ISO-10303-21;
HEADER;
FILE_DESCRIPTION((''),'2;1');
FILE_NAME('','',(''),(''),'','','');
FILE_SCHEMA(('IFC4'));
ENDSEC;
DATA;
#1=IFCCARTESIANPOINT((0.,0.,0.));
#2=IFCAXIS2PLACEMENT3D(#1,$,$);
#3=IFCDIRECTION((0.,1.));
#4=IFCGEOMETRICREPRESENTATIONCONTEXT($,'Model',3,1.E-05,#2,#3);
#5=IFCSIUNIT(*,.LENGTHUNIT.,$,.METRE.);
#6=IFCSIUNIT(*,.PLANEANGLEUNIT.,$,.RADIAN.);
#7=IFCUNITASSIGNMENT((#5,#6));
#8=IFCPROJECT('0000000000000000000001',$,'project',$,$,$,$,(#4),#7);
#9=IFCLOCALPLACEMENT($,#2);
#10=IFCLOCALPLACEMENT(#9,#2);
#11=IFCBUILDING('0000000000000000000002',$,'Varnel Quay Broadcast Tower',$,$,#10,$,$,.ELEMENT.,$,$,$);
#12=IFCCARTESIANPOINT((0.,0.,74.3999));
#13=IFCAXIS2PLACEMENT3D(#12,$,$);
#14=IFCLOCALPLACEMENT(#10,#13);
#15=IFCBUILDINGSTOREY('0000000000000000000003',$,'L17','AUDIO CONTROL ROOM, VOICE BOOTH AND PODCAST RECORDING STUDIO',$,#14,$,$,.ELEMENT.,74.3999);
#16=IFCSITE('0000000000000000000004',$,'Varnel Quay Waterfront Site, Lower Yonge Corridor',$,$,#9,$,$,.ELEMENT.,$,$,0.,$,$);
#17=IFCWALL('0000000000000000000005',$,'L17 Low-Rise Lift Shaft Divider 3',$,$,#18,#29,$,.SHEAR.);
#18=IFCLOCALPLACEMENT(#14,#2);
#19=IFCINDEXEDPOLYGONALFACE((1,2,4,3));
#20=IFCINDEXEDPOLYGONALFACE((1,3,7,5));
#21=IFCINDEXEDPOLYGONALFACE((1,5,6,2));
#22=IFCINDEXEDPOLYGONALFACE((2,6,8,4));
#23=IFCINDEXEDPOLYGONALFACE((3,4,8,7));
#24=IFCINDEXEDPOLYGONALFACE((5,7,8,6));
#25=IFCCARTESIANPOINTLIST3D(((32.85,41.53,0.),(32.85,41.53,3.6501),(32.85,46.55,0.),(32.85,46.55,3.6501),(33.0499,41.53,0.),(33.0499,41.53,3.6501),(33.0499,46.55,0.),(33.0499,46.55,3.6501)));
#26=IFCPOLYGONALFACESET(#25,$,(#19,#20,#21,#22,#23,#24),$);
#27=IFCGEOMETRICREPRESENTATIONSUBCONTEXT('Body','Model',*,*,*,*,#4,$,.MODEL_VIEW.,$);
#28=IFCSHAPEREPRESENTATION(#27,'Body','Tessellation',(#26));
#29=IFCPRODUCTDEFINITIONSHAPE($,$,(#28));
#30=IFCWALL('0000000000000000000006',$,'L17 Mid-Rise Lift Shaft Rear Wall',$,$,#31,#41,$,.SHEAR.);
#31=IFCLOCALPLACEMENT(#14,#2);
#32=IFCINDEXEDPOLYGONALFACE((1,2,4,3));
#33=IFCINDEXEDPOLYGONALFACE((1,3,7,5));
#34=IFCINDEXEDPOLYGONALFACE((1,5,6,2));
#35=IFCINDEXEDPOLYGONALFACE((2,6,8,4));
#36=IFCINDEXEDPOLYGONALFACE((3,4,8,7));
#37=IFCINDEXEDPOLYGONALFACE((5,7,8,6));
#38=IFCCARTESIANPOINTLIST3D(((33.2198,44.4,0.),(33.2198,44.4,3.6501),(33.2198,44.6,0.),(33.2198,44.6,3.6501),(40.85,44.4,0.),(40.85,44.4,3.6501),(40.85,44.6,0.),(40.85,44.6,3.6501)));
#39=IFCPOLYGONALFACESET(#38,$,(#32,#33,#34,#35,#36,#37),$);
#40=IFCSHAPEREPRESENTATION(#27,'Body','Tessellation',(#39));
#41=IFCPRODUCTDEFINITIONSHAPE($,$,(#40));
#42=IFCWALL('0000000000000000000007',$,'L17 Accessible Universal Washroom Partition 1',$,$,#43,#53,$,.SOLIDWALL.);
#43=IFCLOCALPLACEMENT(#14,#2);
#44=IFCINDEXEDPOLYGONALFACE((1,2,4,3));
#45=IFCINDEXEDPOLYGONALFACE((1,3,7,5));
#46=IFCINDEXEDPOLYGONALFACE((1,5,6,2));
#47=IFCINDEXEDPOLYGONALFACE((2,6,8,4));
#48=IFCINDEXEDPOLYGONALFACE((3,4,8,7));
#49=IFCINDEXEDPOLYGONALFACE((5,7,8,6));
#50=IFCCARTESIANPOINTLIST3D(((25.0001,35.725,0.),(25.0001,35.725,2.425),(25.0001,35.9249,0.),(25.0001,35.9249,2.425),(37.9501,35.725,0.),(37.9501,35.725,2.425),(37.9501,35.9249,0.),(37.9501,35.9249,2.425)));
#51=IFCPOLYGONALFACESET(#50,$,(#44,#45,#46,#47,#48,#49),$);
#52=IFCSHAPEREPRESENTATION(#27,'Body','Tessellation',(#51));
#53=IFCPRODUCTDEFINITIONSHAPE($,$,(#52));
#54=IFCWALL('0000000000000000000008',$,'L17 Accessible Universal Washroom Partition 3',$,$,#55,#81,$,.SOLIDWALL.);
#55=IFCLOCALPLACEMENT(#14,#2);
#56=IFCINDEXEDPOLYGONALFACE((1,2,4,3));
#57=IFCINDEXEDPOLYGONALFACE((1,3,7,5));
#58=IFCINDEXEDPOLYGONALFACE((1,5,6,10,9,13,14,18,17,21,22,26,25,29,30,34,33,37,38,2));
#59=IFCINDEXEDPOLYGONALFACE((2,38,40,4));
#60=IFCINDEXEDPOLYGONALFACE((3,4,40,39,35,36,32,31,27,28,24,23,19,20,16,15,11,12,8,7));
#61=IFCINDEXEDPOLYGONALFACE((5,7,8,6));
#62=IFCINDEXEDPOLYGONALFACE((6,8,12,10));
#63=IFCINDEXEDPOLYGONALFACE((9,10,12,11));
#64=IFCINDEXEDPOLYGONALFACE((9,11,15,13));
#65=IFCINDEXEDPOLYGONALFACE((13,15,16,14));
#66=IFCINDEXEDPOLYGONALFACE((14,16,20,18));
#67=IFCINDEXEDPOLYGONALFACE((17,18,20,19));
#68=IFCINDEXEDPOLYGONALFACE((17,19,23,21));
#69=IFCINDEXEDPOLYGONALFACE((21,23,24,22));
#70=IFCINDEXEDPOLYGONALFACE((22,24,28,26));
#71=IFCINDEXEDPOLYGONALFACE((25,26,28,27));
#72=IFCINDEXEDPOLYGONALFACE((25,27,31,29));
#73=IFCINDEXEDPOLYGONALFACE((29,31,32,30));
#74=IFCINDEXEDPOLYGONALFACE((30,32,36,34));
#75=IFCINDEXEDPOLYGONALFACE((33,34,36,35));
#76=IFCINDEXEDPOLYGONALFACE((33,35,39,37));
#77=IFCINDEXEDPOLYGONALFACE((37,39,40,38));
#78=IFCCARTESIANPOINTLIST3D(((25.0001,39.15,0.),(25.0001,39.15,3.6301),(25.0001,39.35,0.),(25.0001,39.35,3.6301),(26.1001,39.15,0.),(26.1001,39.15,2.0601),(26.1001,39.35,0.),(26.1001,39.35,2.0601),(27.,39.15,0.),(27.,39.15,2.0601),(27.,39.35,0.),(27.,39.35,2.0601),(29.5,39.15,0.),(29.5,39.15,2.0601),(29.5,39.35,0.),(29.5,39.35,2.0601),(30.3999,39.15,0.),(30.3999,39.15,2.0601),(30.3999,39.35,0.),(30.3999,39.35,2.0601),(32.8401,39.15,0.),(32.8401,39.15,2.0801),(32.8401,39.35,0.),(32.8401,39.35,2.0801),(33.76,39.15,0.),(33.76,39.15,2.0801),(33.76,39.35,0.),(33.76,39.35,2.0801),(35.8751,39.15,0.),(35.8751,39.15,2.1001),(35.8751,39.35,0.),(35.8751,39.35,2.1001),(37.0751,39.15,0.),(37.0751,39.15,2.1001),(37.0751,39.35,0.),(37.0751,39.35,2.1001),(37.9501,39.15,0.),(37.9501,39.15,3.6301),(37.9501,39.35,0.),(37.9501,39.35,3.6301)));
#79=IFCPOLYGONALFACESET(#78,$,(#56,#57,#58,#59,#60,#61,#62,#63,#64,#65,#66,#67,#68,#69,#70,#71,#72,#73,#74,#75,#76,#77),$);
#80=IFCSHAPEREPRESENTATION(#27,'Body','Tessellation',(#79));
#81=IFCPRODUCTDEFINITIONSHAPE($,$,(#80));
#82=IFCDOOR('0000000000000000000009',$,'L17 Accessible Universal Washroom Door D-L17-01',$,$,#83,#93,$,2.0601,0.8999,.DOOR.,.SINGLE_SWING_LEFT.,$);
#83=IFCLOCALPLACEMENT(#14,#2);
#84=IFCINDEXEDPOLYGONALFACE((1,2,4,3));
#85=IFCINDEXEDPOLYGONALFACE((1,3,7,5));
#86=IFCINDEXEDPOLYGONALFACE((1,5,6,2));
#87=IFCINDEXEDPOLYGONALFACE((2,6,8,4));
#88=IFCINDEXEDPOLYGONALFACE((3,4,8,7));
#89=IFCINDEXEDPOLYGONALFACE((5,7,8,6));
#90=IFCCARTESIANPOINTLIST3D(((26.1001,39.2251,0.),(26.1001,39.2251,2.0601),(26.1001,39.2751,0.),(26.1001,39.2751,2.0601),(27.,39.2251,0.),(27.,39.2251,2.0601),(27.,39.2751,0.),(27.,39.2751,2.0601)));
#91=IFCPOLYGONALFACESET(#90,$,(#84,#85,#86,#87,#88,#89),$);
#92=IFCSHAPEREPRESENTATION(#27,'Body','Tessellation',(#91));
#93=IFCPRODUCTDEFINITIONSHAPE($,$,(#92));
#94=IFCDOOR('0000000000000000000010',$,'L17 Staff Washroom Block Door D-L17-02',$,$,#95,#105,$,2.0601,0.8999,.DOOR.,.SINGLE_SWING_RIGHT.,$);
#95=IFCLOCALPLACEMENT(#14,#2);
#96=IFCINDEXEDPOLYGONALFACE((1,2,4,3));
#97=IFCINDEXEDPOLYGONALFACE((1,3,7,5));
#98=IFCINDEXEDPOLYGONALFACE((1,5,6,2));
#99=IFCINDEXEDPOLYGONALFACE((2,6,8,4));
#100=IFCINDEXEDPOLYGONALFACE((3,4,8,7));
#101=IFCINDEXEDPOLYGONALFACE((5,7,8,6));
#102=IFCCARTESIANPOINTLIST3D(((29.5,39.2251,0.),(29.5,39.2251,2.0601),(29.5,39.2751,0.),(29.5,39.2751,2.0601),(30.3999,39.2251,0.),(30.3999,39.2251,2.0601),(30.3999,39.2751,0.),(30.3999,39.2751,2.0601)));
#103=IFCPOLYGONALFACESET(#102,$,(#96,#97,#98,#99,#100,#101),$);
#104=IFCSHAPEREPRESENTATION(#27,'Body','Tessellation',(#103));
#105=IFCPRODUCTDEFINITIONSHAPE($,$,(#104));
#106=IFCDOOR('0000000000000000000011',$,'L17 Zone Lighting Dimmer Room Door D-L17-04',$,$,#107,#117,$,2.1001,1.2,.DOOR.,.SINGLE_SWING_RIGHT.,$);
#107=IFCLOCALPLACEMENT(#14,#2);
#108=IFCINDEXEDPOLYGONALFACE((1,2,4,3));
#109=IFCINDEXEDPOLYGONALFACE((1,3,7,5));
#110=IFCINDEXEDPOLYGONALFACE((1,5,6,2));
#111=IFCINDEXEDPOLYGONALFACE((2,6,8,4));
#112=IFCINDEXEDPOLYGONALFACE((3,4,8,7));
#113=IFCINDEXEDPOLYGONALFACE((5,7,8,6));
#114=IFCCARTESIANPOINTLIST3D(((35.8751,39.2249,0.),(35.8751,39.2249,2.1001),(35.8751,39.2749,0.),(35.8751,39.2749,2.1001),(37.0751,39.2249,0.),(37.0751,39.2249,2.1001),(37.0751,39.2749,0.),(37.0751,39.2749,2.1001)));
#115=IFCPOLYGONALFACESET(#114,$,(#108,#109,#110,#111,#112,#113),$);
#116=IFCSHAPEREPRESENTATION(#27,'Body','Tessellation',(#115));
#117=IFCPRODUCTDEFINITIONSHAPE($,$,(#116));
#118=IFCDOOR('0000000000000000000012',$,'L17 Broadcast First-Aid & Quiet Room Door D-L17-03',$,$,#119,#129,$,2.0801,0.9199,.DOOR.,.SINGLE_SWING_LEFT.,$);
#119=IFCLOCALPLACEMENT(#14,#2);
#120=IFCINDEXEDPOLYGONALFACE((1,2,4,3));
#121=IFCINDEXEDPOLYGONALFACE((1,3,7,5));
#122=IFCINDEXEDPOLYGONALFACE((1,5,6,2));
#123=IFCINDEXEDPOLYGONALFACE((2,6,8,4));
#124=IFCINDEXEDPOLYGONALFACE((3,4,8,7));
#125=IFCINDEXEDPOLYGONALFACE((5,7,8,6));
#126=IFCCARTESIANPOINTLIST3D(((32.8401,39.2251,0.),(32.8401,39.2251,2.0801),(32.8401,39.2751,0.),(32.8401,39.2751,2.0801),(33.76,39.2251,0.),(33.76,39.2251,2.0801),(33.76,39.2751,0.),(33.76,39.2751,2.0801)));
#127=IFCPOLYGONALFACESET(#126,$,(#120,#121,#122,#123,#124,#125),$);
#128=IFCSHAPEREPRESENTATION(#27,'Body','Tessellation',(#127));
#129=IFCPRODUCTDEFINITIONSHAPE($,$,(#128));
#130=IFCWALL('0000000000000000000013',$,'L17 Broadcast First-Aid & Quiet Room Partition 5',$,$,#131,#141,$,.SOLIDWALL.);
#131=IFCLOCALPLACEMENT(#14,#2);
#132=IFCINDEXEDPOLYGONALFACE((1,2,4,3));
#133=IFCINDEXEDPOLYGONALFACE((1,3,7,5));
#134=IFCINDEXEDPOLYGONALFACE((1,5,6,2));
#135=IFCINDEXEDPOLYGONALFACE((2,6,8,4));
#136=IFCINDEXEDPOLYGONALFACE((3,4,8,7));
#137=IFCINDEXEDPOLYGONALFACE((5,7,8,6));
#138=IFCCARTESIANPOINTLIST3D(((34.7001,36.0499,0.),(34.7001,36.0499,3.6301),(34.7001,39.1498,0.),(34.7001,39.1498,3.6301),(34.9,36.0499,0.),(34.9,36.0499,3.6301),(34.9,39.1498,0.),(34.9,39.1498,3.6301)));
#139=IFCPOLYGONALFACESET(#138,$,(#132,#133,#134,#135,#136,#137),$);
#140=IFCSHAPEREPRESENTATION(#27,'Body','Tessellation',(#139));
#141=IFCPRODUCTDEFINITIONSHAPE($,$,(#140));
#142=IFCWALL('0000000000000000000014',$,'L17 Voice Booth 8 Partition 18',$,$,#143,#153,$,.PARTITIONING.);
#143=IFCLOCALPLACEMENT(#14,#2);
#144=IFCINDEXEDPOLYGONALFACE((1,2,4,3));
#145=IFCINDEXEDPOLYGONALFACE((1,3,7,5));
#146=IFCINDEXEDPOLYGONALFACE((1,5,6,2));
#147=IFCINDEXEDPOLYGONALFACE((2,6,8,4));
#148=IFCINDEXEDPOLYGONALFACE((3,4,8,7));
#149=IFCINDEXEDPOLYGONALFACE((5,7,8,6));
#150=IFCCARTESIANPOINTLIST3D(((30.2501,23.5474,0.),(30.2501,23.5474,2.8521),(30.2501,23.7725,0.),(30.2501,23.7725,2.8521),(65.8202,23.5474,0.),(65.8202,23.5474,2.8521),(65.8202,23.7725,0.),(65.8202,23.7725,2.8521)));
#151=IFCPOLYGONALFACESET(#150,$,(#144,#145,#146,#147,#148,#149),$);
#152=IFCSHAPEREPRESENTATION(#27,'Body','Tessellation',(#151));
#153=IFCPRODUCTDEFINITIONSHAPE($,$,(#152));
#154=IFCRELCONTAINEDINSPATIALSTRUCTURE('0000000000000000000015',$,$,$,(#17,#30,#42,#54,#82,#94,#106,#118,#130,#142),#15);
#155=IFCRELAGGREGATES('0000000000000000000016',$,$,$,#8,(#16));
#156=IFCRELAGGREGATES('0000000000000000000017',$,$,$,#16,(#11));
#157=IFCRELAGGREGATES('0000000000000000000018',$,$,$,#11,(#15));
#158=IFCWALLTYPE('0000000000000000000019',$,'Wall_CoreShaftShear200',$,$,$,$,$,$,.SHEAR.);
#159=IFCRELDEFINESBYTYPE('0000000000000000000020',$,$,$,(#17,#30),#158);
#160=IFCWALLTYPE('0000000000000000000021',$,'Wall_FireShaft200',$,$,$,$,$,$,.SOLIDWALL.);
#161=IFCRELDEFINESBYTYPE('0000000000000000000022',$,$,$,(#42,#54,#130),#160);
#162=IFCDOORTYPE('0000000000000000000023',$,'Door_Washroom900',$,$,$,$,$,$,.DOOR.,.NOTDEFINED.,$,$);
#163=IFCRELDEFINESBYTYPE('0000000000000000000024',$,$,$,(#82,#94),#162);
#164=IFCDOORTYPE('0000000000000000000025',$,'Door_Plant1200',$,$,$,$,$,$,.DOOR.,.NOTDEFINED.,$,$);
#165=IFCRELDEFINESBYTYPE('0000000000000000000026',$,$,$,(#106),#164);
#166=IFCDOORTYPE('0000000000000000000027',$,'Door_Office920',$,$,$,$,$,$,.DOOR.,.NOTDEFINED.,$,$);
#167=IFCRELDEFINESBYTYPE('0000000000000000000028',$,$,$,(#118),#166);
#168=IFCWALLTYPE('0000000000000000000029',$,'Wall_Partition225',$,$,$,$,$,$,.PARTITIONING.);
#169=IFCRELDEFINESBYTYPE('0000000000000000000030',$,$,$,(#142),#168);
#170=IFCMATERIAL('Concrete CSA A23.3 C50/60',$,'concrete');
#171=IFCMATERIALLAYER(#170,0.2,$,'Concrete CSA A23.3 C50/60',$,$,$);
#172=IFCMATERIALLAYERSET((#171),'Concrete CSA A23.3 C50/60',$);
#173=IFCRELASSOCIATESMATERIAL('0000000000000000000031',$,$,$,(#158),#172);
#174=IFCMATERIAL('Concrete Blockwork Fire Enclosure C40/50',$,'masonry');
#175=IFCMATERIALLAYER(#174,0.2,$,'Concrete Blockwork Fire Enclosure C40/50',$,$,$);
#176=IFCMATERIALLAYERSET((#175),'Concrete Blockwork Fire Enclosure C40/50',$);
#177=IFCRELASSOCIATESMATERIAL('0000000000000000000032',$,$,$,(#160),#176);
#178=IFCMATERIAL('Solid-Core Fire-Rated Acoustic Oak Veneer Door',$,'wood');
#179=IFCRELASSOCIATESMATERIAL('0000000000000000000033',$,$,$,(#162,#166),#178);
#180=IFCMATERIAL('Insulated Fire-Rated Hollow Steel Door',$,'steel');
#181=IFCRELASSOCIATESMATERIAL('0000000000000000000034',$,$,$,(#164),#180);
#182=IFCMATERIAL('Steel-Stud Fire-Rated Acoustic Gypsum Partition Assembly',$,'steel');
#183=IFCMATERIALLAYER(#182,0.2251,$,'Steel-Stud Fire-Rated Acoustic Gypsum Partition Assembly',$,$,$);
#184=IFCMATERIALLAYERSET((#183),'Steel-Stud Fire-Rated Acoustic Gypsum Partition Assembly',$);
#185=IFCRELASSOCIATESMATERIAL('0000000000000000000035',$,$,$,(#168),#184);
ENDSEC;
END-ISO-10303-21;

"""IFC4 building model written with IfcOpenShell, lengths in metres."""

from ifc_helpers import new_model, si_unit, direction, frame, frame_2d, origin, place, context, subcontext, project, spatial, rectangle, extrude, source, transform, mapped, material, layer, layer_set, type_object, type_shapes, element, fill, save


model = new_model("IFC4")

# Units and contexts
model_context = context("Model", 3, precision=1e-05, world=origin(), true_north=direction((0.0, 1.0)))
body_context = subcontext(model_context, "Body", "Model", "MODEL_VIEW")
ifc_project = project(units=[si_unit("LENGTHUNIT", "METRE"), si_unit("PLANEANGLEUNIT", "RADIAN")], contexts=[model_context])

# Site, building, storey
site_placement = place(None, origin())
site = spatial("IfcSite", under=ifc_project, at=site_placement, Name="Varnel Quay Waterfront Site, Lower Yonge Corridor", CompositionType="ELEMENT", RefElevation=0.0)
building_placement = place(site_placement, origin())
building = spatial("IfcBuilding", under=site, at=building_placement, Name="Varnel Quay Broadcast Tower", CompositionType="ELEMENT")
storey_placement = place(building_placement, frame((0.0, 0.0, 74.3999)))
storey = spatial("IfcBuildingStorey", under=building, at=storey_placement, Name="L17", Description="AUDIO CONTROL ROOM, VOICE BOOTH AND PODCAST RECORDING STUDIO", CompositionType="ELEMENT", Elevation=74.3999)

# Walls
ifc_material_1 = material(Name="Concrete CSA A23.3 C50/60", Category="concrete")
ifc_layer_1 = layer(ifc_material_1, 0.2, Name="Concrete CSA A23.3 C50/60")
ifc_layer_set_1 = layer_set([ifc_layer_1], Name="Concrete CSA A23.3 C50/60")
wall_type_1 = type_object("IfcWallType", Name="Wall_CoreShaftShear200", PredefinedType="SHEAR", material=ifc_layer_set_1)
wall_1_placement = place(storey_placement, frame((32.95, 41.53, 0.0), z_axis=(0.0, 0.0, 1.0), x_axis=(0.0, 1.0, 0.0)))
element("IfcWall", 1, at=wall_1_placement, inside=storey, type_object=wall_type_1, Name="L17 Low-Rise Lift Shaft Divider 3", PredefinedType="SHEAR", context=body_context, shape_type="SweptSolid", body=[
    extrude(rectangle(XDim=5.02, YDim=0.2, at=frame_2d((2.51, 0.0))), origin(), (0.0, 0.0, 1.0), 3.6501),
])
wall_2_placement = place(storey_placement, frame((33.22, 44.5, 0.0), z_axis=(0.0, 0.0, 1.0), x_axis=(1.0, 0.0, 0.0)))
element("IfcWall", 2, at=wall_2_placement, inside=storey, type_object=wall_type_1, Name="L17 Mid-Rise Lift Shaft Rear Wall", PredefinedType="SHEAR", context=body_context, shape_type="SweptSolid", body=[
    extrude(rectangle(XDim=7.6301, YDim=0.2, at=frame_2d((3.8149, 0.0))), origin(), (0.0, 0.0, 1.0), 3.6501),
])
ifc_material_2 = material(Name="Concrete Blockwork Fire Enclosure C40/50", Category="masonry")
ifc_layer_2 = layer(ifc_material_2, 0.2, Name="Concrete Blockwork Fire Enclosure C40/50")
ifc_layer_set_2 = layer_set([ifc_layer_2], Name="Concrete Blockwork Fire Enclosure C40/50")
wall_type_2 = type_object("IfcWallType", Name="Wall_FireShaft200", PredefinedType="SOLIDWALL", material=ifc_layer_set_2)
wall_3_placement = place(storey_placement, frame((25.0, 35.825, 0.0), z_axis=(0.0, 0.0, 1.0), x_axis=(1.0, 0.0, 0.0)))
element("IfcWall", 3, at=wall_3_placement, inside=storey, type_object=wall_type_2, Name="L17 Accessible Universal Washroom Partition 1", PredefinedType="SOLIDWALL", context=body_context, shape_type="SweptSolid", body=[
    extrude(rectangle(XDim=12.95, YDim=0.2, at=frame_2d((6.4751, 0.0))), origin(), (0.0, 0.0, 1.0), 2.425),
])

# Wall, openings, doors
wall_4_placement = place(storey_placement, frame((25.0, 39.25, 0.0), z_axis=(0.0, 0.0, 1.0), x_axis=(1.0, 0.0, 0.0)))
wall_4 = element("IfcWall", 4, at=wall_4_placement, inside=storey, type_object=wall_type_2, Name="L17 Accessible Universal Washroom Partition 3", PredefinedType="SOLIDWALL", context=body_context, shape_type="SweptSolid", body=[
    extrude(rectangle(XDim=12.95, YDim=0.2, at=frame_2d((6.4751, 0.0))), origin(), (0.0, 0.0, 1.0), 3.6301),
])
opening_1_placement = place(wall_4_placement, frame((1.1001, 0.0, 0.0)))
opening_1 = element("IfcOpeningElement", 5, at=opening_1_placement, cuts=wall_4, PredefinedType="OPENING", context=body_context, shape_type="SweptSolid", body=[
    extrude(rectangle(XDim=0.8999, YDim=2.0601, at=frame_2d((0.45, 1.03))), frame((0.0, 0.1099, 0.0), z_axis=(0.0, -1.0, 0.0), x_axis=(1.0, 0.0, 0.0)), (0.0, 0.0, 1.0), 0.22),
])
opening_2_placement = place(wall_4_placement, frame((4.5, 0.0, 0.0)))
opening_2 = element("IfcOpeningElement", 6, at=opening_2_placement, cuts=wall_4, PredefinedType="OPENING", context=body_context, shape_type="SweptSolid", body=[
    extrude(rectangle(XDim=0.8999, YDim=2.0601, at=frame_2d((0.45, 1.03))), frame((0.0, 0.1099, 0.0), z_axis=(0.0, -1.0, 0.0), x_axis=(1.0, 0.0, 0.0)), (0.0, 0.0, 1.0), 0.22),
])
opening_3_placement = place(wall_4_placement, frame((7.8401, 0.0, 0.0)))
opening_3 = element("IfcOpeningElement", 7, at=opening_3_placement, cuts=wall_4, PredefinedType="OPENING", context=body_context, shape_type="SweptSolid", body=[
    extrude(rectangle(XDim=0.9199, YDim=2.0801, at=frame_2d((0.46, 1.04))), frame((0.0, 0.1099, 0.0), z_axis=(0.0, -1.0, 0.0), x_axis=(1.0, 0.0, 0.0)), (0.0, 0.0, 1.0), 0.22),
])
opening_4_placement = place(wall_4_placement, frame((10.875, 0.0, 0.0)))
opening_4 = element("IfcOpeningElement", 8, at=opening_4_placement, cuts=wall_4, PredefinedType="OPENING", context=body_context, shape_type="SweptSolid", body=[
    extrude(rectangle(XDim=1.2, YDim=2.1001, at=frame_2d((0.6001, 1.05))), frame((0.0, 0.1099, 0.0), z_axis=(0.0, -1.0, 0.0), x_axis=(1.0, 0.0, 0.0)), (0.0, 0.0, 1.0), 0.22),
])
ifc_material_3 = material(Name="Solid-Core Fire-Rated Acoustic Oak Veneer Door", Category="wood")
door_type_1 = type_object("IfcDoorType", Name="Door_Washroom900", OperationType="NOTDEFINED", PredefinedType="DOOR", material=ifc_material_3)
shared_shape_1 = source(origin(), body_context, "Body", "SweptSolid", [
    extrude(rectangle(XDim=0.8999, YDim=2.0601, at=frame_2d((0.45, 1.03))), frame((0.0, 0.0249, 0.0), z_axis=(0.0, -1.0, 0.0), x_axis=(1.0, 0.0, 0.0)), (0.0, 0.0, 1.0), 0.05),
])
type_shapes(door_type_1, [shared_shape_1])
door_1_placement = place(opening_1_placement, frame((0.8999, 0.0, 0.0), z_axis=(0.0, 0.0, 1.0), x_axis=(-1.0, 0.0, 0.0)))
door_1 = element("IfcDoor", 9, at=door_1_placement, inside=storey, type_object=door_type_1, Name="L17 Accessible Universal Washroom Door D-L17-01", OperationType="SINGLE_SWING_LEFT", OverallHeight=2.0601, OverallWidth=0.8999, PredefinedType="DOOR", context=body_context, shape_type="MappedRepresentation", body=[
    mapped(shared_shape_1, transform((0.0, 0.0, 0.0), x_axis=(1.0, 0.0, 0.0), y_axis=(0.0, 1.0, 0.0), z_axis=(0.0, 0.0, 1.0), scale=1.0)),
])
fill(opening_1, door_1)
door_2_placement = place(opening_2_placement, frame((0.8999, 0.0, 0.0), z_axis=(0.0, 0.0, 1.0), x_axis=(-1.0, 0.0, 0.0)))
door_2 = element("IfcDoor", 10, at=door_2_placement, inside=storey, type_object=door_type_1, Name="L17 Staff Washroom Block Door D-L17-02", OperationType="SINGLE_SWING_RIGHT", OverallHeight=2.0601, OverallWidth=0.8999, PredefinedType="DOOR", context=body_context, shape_type="MappedRepresentation", body=[
    mapped(shared_shape_1, transform((0.0, 0.0, 0.0), x_axis=(1.0, 0.0, 0.0), y_axis=(0.0, 1.0, 0.0), z_axis=(0.0, 0.0, 1.0), scale=1.0)),
])
fill(opening_2, door_2)
ifc_material_4 = material(Name="Insulated Fire-Rated Hollow Steel Door", Category="steel")
door_type_2 = type_object("IfcDoorType", Name="Door_Plant1200", OperationType="NOTDEFINED", PredefinedType="DOOR", material=ifc_material_4)
shared_shape_2 = source(origin(), body_context, "Body", "SweptSolid", [
    extrude(rectangle(XDim=1.2, YDim=2.1001, at=frame_2d((0.6001, 1.05))), frame((0.0, 0.0249, 0.0), z_axis=(0.0, -1.0, 0.0), x_axis=(1.0, 0.0, 0.0)), (0.0, 0.0, 1.0), 0.05),
])
type_shapes(door_type_2, [shared_shape_2])
door_3_placement = place(opening_4_placement, origin())
door_3 = element("IfcDoor", 11, at=door_3_placement, inside=storey, type_object=door_type_2, Name="L17 Zone Lighting Dimmer Room Door D-L17-04", OperationType="SINGLE_SWING_RIGHT", OverallHeight=2.1001, OverallWidth=1.2, PredefinedType="DOOR", context=body_context, shape_type="MappedRepresentation", body=[
    mapped(shared_shape_2, transform((0.0, 0.0, 0.0), x_axis=(1.0, 0.0, 0.0), y_axis=(0.0, 1.0, 0.0), z_axis=(0.0, 0.0, 1.0), scale=1.0)),
])
fill(opening_4, door_3)
door_type_3 = type_object("IfcDoorType", Name="Door_Office920", OperationType="NOTDEFINED", PredefinedType="DOOR", material=ifc_material_3)
shared_shape_3 = source(origin(), body_context, "Body", "SweptSolid", [
    extrude(rectangle(XDim=0.9199, YDim=2.0801, at=frame_2d((0.46, 1.04))), frame((0.0, 0.0249, 0.0), z_axis=(0.0, -1.0, 0.0), x_axis=(1.0, 0.0, 0.0)), (0.0, 0.0, 1.0), 0.05),
])
type_shapes(door_type_3, [shared_shape_3])
door_4_placement = place(opening_3_placement, frame((0.9199, 0.0, 0.0), z_axis=(0.0, 0.0, 1.0), x_axis=(-1.0, 0.0, 0.0)))
door_4 = element("IfcDoor", 12, at=door_4_placement, inside=storey, type_object=door_type_3, Name="L17 Broadcast First-Aid & Quiet Room Door D-L17-03", OperationType="SINGLE_SWING_LEFT", OverallHeight=2.0801, OverallWidth=0.9199, PredefinedType="DOOR", context=body_context, shape_type="MappedRepresentation", body=[
    mapped(shared_shape_3, transform((0.0, 0.0, 0.0), x_axis=(1.0, 0.0, 0.0), y_axis=(0.0, 1.0, 0.0), z_axis=(0.0, 0.0, 1.0), scale=1.0)),
])
fill(opening_3, door_4)

# Walls
wall_5_placement = place(storey_placement, frame((34.8, 36.05, 0.0), z_axis=(0.0, 0.0, 1.0), x_axis=(0.0, 1.0, 0.0)))
element("IfcWall", 13, at=wall_5_placement, inside=storey, type_object=wall_type_2, Name="L17 Broadcast First-Aid & Quiet Room Partition 5", PredefinedType="SOLIDWALL", context=body_context, shape_type="SweptSolid", body=[
    extrude(rectangle(XDim=3.0999, YDim=0.2, at=frame_2d((1.5498, 0.0))), origin(), (0.0, 0.0, 1.0), 3.6301),
])
ifc_material_5 = material(Name="Steel-Stud Fire-Rated Acoustic Gypsum Partition Assembly", Category="steel")
ifc_layer_3 = layer(ifc_material_5, 0.2251, Name="Steel-Stud Fire-Rated Acoustic Gypsum Partition Assembly")
ifc_layer_set_3 = layer_set([ifc_layer_3], Name="Steel-Stud Fire-Rated Acoustic Gypsum Partition Assembly")
wall_type_3 = type_object("IfcWallType", Name="Wall_Partition225", PredefinedType="PARTITIONING", material=ifc_layer_set_3)
wall_6_placement = place(storey_placement, frame((30.25, 23.6599, 0.0), z_axis=(0.0, 0.0, 1.0), x_axis=(1.0, 0.0, 0.0)))
element("IfcWall", 14, at=wall_6_placement, inside=storey, type_object=wall_type_3, Name="L17 Voice Booth 8 Partition 18", PredefinedType="PARTITIONING", context=body_context, shape_type="SweptSolid", body=[
    extrude(rectangle(XDim=35.5701, YDim=0.2251, at=frame_2d((17.7852, 0.0))), origin(), (0.0, 0.0, 1.0), 2.8521),
])

save(model, "model.ifc")
